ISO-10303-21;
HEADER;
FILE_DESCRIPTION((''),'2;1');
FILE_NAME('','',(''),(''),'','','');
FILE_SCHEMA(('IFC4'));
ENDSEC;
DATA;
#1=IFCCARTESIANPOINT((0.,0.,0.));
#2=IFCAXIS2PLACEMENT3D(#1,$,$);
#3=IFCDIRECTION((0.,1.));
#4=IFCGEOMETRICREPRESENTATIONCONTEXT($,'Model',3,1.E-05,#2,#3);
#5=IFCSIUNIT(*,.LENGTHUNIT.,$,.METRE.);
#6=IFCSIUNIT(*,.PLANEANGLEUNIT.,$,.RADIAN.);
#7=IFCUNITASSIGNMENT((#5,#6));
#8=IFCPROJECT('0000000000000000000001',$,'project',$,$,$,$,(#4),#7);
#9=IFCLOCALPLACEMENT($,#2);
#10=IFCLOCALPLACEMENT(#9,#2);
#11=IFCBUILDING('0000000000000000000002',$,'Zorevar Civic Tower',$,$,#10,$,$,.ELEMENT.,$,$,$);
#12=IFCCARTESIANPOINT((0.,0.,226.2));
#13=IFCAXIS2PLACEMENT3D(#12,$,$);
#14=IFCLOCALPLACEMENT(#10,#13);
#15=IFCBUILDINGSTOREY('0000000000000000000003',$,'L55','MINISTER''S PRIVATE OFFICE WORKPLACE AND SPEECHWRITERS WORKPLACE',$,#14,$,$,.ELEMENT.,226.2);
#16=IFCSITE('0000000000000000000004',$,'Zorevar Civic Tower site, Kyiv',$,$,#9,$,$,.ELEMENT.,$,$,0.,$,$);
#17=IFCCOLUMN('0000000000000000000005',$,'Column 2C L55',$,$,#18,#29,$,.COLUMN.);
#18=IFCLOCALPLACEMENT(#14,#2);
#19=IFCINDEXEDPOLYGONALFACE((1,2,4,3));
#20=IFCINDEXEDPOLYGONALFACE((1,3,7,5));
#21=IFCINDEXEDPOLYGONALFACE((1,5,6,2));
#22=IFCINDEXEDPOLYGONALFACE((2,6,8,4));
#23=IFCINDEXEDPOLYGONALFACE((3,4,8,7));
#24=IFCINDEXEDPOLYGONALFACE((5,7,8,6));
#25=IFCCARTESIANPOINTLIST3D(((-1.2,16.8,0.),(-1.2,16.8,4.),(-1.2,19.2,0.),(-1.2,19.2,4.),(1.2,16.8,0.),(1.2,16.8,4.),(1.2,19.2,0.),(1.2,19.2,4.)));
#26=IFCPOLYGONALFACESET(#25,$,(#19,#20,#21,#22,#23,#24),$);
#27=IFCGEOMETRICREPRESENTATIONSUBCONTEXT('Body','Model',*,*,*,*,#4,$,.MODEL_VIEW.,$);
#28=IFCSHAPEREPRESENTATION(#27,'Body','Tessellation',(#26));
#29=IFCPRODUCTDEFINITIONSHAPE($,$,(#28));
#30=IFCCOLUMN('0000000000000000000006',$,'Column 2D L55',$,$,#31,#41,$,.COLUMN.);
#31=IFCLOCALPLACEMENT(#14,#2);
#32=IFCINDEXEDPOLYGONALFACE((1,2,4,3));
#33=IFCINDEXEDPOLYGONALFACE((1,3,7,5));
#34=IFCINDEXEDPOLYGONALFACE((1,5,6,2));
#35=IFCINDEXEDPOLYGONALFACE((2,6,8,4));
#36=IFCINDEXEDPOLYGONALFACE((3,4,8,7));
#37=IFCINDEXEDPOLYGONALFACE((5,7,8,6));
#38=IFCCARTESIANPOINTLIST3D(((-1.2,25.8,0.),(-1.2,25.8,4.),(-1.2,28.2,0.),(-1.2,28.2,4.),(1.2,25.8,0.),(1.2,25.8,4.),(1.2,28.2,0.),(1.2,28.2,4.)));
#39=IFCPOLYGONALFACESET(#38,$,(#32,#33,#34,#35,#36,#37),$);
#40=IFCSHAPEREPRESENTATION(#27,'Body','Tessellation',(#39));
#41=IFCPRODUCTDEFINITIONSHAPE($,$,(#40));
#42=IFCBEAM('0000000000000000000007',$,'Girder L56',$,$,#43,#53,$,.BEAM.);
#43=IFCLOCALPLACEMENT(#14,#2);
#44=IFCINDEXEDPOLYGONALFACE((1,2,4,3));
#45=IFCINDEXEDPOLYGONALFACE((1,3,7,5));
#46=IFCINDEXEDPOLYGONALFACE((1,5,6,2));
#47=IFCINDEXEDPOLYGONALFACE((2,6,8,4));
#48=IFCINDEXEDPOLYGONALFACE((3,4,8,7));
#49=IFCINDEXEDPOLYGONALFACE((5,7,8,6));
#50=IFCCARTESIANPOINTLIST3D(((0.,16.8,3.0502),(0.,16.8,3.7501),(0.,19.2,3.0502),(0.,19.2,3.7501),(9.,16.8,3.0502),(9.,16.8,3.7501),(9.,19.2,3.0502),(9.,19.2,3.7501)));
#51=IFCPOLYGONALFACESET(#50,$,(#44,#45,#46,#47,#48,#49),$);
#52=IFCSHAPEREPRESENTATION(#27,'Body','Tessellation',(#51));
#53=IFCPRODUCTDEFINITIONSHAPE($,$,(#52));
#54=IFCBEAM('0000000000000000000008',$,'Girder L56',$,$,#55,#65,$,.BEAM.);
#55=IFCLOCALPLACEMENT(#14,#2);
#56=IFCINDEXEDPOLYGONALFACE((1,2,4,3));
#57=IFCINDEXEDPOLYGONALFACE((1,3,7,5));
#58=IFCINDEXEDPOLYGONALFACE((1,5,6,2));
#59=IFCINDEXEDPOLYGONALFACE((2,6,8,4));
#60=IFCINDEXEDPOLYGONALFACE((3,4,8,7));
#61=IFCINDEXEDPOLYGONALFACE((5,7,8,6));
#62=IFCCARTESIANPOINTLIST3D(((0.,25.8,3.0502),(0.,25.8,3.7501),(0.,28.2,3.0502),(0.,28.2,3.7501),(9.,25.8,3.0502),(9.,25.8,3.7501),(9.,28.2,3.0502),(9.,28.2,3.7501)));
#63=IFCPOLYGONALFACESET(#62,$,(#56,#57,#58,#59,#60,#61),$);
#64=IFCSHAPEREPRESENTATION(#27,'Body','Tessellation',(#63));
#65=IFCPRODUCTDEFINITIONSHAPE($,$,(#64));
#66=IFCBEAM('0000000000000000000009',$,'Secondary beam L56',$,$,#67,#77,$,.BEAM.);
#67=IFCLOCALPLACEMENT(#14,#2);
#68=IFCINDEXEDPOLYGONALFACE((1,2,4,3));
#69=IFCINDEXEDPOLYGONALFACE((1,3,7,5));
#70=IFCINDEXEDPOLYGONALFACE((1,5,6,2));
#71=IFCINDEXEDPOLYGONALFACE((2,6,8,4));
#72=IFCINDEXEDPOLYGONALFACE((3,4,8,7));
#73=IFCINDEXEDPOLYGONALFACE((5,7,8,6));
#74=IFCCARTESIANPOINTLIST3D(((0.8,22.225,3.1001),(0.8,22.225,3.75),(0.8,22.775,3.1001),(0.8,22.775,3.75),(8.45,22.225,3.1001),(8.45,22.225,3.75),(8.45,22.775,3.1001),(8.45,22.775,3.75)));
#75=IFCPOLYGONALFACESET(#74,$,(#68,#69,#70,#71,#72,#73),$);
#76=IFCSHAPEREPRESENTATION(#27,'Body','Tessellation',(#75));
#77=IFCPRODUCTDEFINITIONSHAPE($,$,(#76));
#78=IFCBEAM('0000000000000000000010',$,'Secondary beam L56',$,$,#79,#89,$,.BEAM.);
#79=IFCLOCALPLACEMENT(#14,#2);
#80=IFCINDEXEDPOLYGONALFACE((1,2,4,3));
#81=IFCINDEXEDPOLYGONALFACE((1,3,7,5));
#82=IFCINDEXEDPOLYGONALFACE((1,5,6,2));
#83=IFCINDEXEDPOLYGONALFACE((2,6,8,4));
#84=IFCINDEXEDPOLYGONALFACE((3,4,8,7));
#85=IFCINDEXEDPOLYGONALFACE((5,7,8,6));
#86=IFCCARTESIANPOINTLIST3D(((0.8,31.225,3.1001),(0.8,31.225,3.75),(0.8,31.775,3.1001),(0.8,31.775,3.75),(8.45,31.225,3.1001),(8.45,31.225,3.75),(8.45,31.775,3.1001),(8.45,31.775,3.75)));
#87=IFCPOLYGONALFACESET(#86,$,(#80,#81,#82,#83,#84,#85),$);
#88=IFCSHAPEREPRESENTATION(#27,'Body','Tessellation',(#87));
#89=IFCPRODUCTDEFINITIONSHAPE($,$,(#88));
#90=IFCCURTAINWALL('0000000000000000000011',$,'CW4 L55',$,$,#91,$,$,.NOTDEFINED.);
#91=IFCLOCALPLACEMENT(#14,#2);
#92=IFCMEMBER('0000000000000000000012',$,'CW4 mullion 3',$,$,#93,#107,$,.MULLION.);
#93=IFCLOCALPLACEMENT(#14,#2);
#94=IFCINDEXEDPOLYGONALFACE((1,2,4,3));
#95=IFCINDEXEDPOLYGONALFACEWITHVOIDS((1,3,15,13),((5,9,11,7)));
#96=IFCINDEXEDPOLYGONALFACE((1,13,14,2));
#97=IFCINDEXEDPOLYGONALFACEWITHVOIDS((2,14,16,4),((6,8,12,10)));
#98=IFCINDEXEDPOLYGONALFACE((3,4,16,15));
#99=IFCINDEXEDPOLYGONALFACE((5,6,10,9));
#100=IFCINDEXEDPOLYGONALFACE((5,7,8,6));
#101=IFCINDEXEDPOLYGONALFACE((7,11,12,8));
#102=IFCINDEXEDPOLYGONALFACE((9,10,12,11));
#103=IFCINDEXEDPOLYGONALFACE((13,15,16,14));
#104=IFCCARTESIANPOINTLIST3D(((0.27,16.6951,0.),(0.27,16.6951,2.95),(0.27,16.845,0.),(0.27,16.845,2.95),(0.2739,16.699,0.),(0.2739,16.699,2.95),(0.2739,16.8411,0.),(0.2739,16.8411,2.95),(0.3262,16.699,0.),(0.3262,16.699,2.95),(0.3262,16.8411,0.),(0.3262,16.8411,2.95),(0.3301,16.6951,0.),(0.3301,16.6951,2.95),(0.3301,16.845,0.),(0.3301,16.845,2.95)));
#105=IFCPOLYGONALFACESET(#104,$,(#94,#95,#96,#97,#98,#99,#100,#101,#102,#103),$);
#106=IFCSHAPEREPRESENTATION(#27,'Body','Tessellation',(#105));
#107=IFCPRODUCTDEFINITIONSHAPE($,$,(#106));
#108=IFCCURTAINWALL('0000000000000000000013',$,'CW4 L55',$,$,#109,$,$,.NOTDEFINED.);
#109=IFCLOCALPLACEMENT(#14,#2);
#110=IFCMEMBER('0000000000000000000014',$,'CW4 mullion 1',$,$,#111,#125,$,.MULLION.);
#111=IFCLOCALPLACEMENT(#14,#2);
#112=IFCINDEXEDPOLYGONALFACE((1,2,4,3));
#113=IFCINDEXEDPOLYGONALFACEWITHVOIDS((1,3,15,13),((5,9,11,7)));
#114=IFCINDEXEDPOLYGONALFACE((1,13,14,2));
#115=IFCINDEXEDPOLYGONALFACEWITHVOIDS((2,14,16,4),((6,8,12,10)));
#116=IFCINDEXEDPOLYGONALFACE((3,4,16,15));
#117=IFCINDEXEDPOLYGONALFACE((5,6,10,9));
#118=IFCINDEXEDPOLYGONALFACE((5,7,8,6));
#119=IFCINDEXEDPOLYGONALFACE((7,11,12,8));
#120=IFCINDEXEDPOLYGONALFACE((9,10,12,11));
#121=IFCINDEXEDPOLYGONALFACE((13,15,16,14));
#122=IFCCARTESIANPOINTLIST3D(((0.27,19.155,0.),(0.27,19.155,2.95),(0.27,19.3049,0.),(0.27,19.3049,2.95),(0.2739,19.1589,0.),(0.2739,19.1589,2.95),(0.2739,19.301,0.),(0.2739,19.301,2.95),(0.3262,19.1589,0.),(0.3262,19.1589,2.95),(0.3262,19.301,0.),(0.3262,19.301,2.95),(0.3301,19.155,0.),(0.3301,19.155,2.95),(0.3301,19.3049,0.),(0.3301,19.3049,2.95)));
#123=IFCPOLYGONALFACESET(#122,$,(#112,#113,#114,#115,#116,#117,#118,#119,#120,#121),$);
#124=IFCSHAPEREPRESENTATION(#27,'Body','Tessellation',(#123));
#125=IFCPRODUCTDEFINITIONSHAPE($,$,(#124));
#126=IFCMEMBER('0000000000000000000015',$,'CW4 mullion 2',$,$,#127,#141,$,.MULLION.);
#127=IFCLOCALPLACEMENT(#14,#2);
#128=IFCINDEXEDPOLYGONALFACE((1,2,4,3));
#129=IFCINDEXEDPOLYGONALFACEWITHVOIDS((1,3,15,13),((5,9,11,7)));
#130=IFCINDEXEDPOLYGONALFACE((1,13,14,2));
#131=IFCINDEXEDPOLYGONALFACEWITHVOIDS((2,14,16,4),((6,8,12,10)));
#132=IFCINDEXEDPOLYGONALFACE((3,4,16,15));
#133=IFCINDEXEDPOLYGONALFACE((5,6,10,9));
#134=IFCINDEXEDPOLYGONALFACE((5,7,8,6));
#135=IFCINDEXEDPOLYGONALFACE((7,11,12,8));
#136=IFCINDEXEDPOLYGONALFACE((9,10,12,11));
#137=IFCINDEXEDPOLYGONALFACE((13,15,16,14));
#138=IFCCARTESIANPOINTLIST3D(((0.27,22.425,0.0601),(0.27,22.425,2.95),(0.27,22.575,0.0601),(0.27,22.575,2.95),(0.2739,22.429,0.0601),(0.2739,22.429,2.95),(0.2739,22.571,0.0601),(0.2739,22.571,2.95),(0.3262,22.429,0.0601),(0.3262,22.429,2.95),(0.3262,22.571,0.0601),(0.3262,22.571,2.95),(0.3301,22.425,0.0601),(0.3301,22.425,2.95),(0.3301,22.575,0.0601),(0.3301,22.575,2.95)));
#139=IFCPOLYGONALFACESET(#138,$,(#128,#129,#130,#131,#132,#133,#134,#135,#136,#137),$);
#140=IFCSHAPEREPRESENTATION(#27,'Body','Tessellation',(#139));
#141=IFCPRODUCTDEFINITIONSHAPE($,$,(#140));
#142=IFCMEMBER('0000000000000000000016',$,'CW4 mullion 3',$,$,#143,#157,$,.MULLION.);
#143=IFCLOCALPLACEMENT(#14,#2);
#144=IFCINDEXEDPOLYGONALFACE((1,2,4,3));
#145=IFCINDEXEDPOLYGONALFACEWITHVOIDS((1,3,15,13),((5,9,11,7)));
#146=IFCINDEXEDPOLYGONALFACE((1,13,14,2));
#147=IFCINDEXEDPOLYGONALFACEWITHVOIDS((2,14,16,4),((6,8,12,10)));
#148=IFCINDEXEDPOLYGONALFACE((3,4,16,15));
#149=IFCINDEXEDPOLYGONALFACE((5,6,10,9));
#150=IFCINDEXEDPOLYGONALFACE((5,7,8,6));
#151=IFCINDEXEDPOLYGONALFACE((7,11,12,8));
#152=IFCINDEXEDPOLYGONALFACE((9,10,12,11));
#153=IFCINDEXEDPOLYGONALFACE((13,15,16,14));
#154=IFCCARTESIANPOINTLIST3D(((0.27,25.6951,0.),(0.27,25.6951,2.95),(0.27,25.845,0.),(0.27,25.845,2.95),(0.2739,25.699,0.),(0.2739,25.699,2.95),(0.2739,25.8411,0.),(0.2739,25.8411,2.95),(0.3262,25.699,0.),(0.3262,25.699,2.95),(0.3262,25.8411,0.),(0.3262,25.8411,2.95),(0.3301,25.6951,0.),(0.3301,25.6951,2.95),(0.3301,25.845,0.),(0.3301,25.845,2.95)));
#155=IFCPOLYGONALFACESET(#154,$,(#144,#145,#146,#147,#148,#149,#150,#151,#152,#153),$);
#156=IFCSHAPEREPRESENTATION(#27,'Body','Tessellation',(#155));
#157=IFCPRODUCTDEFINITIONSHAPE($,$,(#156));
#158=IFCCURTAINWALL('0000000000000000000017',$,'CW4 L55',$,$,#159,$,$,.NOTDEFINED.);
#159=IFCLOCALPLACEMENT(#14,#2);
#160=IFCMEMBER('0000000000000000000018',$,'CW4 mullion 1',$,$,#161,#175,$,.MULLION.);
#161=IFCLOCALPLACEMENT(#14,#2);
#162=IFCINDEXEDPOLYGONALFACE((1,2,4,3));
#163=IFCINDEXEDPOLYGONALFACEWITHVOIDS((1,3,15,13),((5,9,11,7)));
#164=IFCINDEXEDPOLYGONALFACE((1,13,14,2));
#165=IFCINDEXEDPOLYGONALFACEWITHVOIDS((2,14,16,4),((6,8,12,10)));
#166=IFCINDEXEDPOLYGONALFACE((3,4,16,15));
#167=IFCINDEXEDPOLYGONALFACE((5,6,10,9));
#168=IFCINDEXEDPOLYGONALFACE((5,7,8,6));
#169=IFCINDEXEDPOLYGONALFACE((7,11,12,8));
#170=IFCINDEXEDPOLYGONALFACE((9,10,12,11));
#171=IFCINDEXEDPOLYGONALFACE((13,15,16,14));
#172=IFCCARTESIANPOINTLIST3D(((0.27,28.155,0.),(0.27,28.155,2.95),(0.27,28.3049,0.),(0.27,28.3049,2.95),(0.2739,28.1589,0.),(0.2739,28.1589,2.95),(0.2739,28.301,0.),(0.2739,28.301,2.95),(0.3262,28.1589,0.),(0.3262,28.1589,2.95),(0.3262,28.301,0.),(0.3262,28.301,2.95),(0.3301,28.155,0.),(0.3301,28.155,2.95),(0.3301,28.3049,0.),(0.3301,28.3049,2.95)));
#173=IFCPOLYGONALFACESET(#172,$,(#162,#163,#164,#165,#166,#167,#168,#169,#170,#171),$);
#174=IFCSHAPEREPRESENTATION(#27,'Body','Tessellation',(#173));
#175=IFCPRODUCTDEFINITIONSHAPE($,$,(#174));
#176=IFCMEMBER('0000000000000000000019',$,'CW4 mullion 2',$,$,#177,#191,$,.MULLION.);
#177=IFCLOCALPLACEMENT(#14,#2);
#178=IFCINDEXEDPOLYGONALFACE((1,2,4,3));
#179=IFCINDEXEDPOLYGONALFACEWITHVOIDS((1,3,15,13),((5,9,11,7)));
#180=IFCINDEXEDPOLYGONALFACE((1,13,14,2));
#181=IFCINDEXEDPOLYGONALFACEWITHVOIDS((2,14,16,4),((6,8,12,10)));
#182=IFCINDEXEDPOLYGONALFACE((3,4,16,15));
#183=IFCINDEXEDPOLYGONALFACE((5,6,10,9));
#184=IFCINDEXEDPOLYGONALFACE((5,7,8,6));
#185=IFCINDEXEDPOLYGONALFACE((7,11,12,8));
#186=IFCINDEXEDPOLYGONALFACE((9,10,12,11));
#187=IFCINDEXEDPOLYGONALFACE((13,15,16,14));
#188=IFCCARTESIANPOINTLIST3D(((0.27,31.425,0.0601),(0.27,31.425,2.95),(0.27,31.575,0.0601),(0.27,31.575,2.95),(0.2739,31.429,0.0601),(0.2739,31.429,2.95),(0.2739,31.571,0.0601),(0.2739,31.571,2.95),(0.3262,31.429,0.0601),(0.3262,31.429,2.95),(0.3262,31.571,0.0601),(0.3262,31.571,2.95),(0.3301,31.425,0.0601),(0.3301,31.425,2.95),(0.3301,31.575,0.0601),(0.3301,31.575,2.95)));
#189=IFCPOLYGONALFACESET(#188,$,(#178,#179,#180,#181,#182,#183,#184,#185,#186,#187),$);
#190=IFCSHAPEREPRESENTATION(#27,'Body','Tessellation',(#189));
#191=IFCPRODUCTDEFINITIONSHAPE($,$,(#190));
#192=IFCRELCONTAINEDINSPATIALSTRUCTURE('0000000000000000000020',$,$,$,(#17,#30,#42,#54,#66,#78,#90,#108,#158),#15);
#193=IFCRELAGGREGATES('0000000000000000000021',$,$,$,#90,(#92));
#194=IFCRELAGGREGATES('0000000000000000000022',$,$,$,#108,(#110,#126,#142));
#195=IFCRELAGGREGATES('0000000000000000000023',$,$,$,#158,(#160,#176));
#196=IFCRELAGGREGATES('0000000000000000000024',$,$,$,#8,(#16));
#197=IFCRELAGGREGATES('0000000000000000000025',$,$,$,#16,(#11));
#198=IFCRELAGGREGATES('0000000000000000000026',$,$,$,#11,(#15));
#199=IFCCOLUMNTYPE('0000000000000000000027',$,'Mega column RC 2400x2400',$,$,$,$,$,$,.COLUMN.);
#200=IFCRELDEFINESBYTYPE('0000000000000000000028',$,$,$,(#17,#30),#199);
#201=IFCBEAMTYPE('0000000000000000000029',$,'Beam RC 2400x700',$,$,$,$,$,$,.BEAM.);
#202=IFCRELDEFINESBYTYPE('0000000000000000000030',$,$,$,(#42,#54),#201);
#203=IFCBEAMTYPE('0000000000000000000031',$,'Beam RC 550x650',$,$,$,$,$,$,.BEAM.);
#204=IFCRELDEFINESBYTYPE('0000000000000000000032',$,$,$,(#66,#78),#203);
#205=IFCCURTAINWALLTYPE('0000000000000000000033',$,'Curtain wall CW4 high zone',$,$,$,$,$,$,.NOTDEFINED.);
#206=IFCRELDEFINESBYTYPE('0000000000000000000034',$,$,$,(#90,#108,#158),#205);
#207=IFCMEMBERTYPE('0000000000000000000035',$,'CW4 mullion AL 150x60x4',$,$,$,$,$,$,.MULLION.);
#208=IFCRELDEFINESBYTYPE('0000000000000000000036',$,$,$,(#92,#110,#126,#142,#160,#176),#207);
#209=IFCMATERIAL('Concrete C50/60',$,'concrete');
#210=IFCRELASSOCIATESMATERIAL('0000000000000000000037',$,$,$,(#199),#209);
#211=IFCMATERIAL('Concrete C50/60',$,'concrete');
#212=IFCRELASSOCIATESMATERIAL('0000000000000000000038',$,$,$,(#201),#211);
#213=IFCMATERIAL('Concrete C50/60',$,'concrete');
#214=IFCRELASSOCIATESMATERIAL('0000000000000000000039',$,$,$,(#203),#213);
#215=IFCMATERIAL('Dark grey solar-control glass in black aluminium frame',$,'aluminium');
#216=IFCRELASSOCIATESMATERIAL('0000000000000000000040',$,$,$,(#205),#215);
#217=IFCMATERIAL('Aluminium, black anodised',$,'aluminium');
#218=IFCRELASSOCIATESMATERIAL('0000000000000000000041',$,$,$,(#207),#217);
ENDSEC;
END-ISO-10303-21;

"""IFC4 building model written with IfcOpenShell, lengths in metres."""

from ifc_helpers import new_model, si_unit, direction, frame, origin, origin_2d, place, context, subcontext, project, spatial, rectangle, hollow_rectangle, extrude, material, material_profile, profile_set, type_object, element, aggregate, save


model = new_model("IFC4")

# Units and contexts
model_context = context("Model", 3, precision=1e-05, world=origin(), true_north=direction((0.0, 1.0)))
body_context = subcontext(model_context, "Body", "Model", "MODEL_VIEW")
ifc_project = project(units=[si_unit("LENGTHUNIT", "METRE"), si_unit("PLANEANGLEUNIT", "RADIAN")], contexts=[model_context])

# Site, building, storey
site_placement = place(None, origin())
site = spatial("IfcSite", under=ifc_project, at=site_placement, Name="Zorevar Civic Tower site, Kyiv", CompositionType="ELEMENT", RefElevation=0.0)
building_placement = place(site_placement, origin())
building = spatial("IfcBuilding", under=site, at=building_placement, Name="Zorevar Civic Tower", CompositionType="ELEMENT")
storey_placement = place(building_placement, frame((0.0, 0.0, 226.2)))
storey = spatial("IfcBuildingStorey", under=building, at=storey_placement, Name="L55", Description="MINISTER'S PRIVATE OFFICE WORKPLACE AND SPEECHWRITERS WORKPLACE", CompositionType="ELEMENT", Elevation=226.2)

# Columns
ifc_material_1 = material(Name="Concrete C50/60", Category="concrete")
ifc_material_profile_1 = material_profile(ifc_material_1, rectangle(XDim=2.3999, YDim=2.3999, at=origin_2d()), Name="RC 2400x2400")
ifc_profile_set_1 = profile_set([ifc_material_profile_1], Name="Concrete C50/60")
column_type = type_object("IfcColumnType", Name="Mega column RC 2400x2400", PredefinedType="COLUMN", material=ifc_profile_set_1)
for number, where, z_axis, x_axis, name in (
    (1, (0.0, 18.0, 0.0), (0.0, 0.0, 1.0), (1.0, 0.0, 0.0), "Column 2C L55"),
    (2, (0.0, 27.0, 0.0), (0.0, 0.0, 1.0), (1.0, 0.0, 0.0), "Column 2D L55"),
):
    element("IfcColumn", number, at=place(storey_placement, frame(where, z_axis=z_axis, x_axis=x_axis)), inside=storey, type_object=column_type, Name=name, PredefinedType="COLUMN", context=body_context, shape_type="SweptSolid", body=[
        extrude(rectangle(XDim=2.3999, YDim=2.3999, at=origin_2d()), origin(), (0.0, 0.0, 1.0), 4.0),
    ])

# Beams
ifc_material_2 = material(Name="Concrete C50/60", Category="concrete")
ifc_material_profile_2 = material_profile(ifc_material_2, rectangle(XDim=2.3999, YDim=0.7, at=origin_2d()), Name="RC 2400x700")
ifc_profile_set_2 = profile_set([ifc_material_profile_2], Name="Concrete C50/60")
beam_type_1 = type_object("IfcBeamType", Name="Beam RC 2400x700", PredefinedType="BEAM", material=ifc_profile_set_2)
for number, where, z_axis, x_axis, name in (
    (3, (0.0, 18.0, 3.4001), (1.0, 0.0, 0.0), (0.0, 1.0, 0.0), "Girder L56"),
    (4, (0.0, 27.0, 3.4001), (1.0, 0.0, 0.0), (0.0, 1.0, 0.0), "Girder L56"),
):
    element("IfcBeam", number, at=place(storey_placement, frame(where, z_axis=z_axis, x_axis=x_axis)), inside=storey, type_object=beam_type_1, Name=name, PredefinedType="BEAM", context=body_context, shape_type="SweptSolid", body=[
        extrude(rectangle(XDim=2.3999, YDim=0.7, at=origin_2d()), origin(), (0.0, 0.0, 1.0), 9.0),
    ])
ifc_material_3 = material(Name="Concrete C50/60", Category="concrete")
ifc_material_profile_3 = material_profile(ifc_material_3, rectangle(XDim=0.55, YDim=0.6499, at=origin_2d()), Name="RC 550x650")
ifc_profile_set_3 = profile_set([ifc_material_profile_3], Name="Concrete C50/60")
beam_type_2 = type_object("IfcBeamType", Name="Beam RC 550x650", PredefinedType="BEAM", material=ifc_profile_set_3)
for number, where, z_axis, x_axis, name in (
    (5, (0.8, 22.5, 3.425), (1.0, 0.0, 0.0), (0.0, 1.0, 0.0), "Secondary beam L56"),
    (6, (0.8, 31.5, 3.425), (1.0, 0.0, 0.0), (0.0, 1.0, 0.0), "Secondary beam L56"),
):
    element("IfcBeam", number, at=place(storey_placement, frame(where, z_axis=z_axis, x_axis=x_axis)), inside=storey, type_object=beam_type_2, Name=name, PredefinedType="BEAM", context=body_context, shape_type="SweptSolid", body=[
        extrude(rectangle(XDim=0.55, YDim=0.6499, at=origin_2d()), origin(), (0.0, 0.0, 1.0), 7.6499),
    ])

# Curtain wall, member
ifc_material_4 = material(Name="Dark grey solar-control glass in black aluminium frame", Category="aluminium")
curtain_wall_type = type_object("IfcCurtainWallType", Name="Curtain wall CW4 high zone", PredefinedType="NOTDEFINED", material=ifc_material_4)
curtain_wall_1_placement = place(storey_placement, origin())
curtain_wall_1 = element("IfcCurtainWall", 7, at=curtain_wall_1_placement, inside=storey, type_object=curtain_wall_type, Name="CW4 L55", PredefinedType="NOTDEFINED")
ifc_material_5 = material(Name="Aluminium, black anodised", Category="aluminium")
ifc_material_profile_4 = material_profile(ifc_material_5, hollow_rectangle(XDim=0.0601, YDim=0.1499, WallThickness=0.0039, at=origin_2d()), Name="AL 150x60x4")
ifc_profile_set_4 = profile_set([ifc_material_profile_4], Name="Aluminium, black anodised")
member_type_1 = type_object("IfcMemberType", Name="CW4 mullion AL 150x60x4", PredefinedType="MULLION", material=ifc_profile_set_4)
member_1_placement = place(storey_placement, frame((0.3, 16.77, 0.0), z_axis=(0.0, 0.0, 1.0), x_axis=(-1.0, 0.0, 0.0)))
member_1 = element("IfcMember", 8, at=member_1_placement, type_object=member_type_1, Name="CW4 mullion 3", PredefinedType="MULLION", context=body_context, shape_type="SweptSolid", body=[
    extrude(hollow_rectangle(XDim=0.0601, YDim=0.1499, WallThickness=0.0039, at=origin_2d()), origin(), (0.0, 0.0, 1.0), 2.95),
])

# Curtain walls, members
curtain_wall_2_placement = place(storey_placement, origin())
curtain_wall_2 = element("IfcCurtainWall", 9, at=curtain_wall_2_placement, inside=storey, type_object=curtain_wall_type, Name="CW4 L55", PredefinedType="NOTDEFINED")
member_2_placement = place(storey_placement, frame((0.3, 19.23, 0.0), z_axis=(0.0, 0.0, 1.0), x_axis=(-1.0, 0.0, 0.0)))
member_2 = element("IfcMember", 10, at=member_2_placement, type_object=member_type_1, Name="CW4 mullion 1", PredefinedType="MULLION", context=body_context, shape_type="SweptSolid", body=[
    extrude(hollow_rectangle(XDim=0.0601, YDim=0.1499, WallThickness=0.0039, at=origin_2d()), origin(), (0.0, 0.0, 1.0), 2.95),
])
member_3_placement = place(storey_placement, frame((0.3, 22.5, 0.0601), z_axis=(0.0, 0.0, 1.0), x_axis=(-1.0, 0.0, 0.0)))
member_3 = element("IfcMember", 11, at=member_3_placement, type_object=member_type_1, Name="CW4 mullion 2", PredefinedType="MULLION", context=body_context, shape_type="SweptSolid", body=[
    extrude(hollow_rectangle(XDim=0.0601, YDim=0.1499, WallThickness=0.0039, at=origin_2d()), origin(), (0.0, 0.0, 1.0), 2.8899),
])
member_4_placement = place(storey_placement, frame((0.3, 25.77, 0.0), z_axis=(0.0, 0.0, 1.0), x_axis=(-1.0, 0.0, 0.0)))
member_4 = element("IfcMember", 12, at=member_4_placement, type_object=member_type_1, Name="CW4 mullion 3", PredefinedType="MULLION", context=body_context, shape_type="SweptSolid", body=[
    extrude(hollow_rectangle(XDim=0.0601, YDim=0.1499, WallThickness=0.0039, at=origin_2d()), origin(), (0.0, 0.0, 1.0), 2.95),
])
curtain_wall_3_placement = place(storey_placement, origin())
curtain_wall_3 = element("IfcCurtainWall", 13, at=curtain_wall_3_placement, inside=storey, type_object=curtain_wall_type, Name="CW4 L55", PredefinedType="NOTDEFINED")
member_5_placement = place(storey_placement, frame((0.3, 28.23, 0.0), z_axis=(0.0, 0.0, 1.0), x_axis=(-1.0, 0.0, 0.0)))
member_5 = element("IfcMember", 14, at=member_5_placement, type_object=member_type_1, Name="CW4 mullion 1", PredefinedType="MULLION", context=body_context, shape_type="SweptSolid", body=[
    extrude(hollow_rectangle(XDim=0.0601, YDim=0.1499, WallThickness=0.0039, at=origin_2d()), origin(), (0.0, 0.0, 1.0), 2.95),
])
member_6_placement = place(storey_placement, frame((0.3, 31.5, 0.0601), z_axis=(0.0, 0.0, 1.0), x_axis=(-1.0, 0.0, 0.0)))
member_6 = element("IfcMember", 15, at=member_6_placement, type_object=member_type_1, Name="CW4 mullion 2", PredefinedType="MULLION", context=body_context, shape_type="SweptSolid", body=[
    extrude(hollow_rectangle(XDim=0.0601, YDim=0.1499, WallThickness=0.0039, at=origin_2d()), origin(), (0.0, 0.0, 1.0), 2.8899),
])

aggregate(curtain_wall_1, [member_1])
aggregate(curtain_wall_2, [member_2, member_3, member_4])
aggregate(curtain_wall_3, [member_5, member_6])

save(model, "model.ifc")
